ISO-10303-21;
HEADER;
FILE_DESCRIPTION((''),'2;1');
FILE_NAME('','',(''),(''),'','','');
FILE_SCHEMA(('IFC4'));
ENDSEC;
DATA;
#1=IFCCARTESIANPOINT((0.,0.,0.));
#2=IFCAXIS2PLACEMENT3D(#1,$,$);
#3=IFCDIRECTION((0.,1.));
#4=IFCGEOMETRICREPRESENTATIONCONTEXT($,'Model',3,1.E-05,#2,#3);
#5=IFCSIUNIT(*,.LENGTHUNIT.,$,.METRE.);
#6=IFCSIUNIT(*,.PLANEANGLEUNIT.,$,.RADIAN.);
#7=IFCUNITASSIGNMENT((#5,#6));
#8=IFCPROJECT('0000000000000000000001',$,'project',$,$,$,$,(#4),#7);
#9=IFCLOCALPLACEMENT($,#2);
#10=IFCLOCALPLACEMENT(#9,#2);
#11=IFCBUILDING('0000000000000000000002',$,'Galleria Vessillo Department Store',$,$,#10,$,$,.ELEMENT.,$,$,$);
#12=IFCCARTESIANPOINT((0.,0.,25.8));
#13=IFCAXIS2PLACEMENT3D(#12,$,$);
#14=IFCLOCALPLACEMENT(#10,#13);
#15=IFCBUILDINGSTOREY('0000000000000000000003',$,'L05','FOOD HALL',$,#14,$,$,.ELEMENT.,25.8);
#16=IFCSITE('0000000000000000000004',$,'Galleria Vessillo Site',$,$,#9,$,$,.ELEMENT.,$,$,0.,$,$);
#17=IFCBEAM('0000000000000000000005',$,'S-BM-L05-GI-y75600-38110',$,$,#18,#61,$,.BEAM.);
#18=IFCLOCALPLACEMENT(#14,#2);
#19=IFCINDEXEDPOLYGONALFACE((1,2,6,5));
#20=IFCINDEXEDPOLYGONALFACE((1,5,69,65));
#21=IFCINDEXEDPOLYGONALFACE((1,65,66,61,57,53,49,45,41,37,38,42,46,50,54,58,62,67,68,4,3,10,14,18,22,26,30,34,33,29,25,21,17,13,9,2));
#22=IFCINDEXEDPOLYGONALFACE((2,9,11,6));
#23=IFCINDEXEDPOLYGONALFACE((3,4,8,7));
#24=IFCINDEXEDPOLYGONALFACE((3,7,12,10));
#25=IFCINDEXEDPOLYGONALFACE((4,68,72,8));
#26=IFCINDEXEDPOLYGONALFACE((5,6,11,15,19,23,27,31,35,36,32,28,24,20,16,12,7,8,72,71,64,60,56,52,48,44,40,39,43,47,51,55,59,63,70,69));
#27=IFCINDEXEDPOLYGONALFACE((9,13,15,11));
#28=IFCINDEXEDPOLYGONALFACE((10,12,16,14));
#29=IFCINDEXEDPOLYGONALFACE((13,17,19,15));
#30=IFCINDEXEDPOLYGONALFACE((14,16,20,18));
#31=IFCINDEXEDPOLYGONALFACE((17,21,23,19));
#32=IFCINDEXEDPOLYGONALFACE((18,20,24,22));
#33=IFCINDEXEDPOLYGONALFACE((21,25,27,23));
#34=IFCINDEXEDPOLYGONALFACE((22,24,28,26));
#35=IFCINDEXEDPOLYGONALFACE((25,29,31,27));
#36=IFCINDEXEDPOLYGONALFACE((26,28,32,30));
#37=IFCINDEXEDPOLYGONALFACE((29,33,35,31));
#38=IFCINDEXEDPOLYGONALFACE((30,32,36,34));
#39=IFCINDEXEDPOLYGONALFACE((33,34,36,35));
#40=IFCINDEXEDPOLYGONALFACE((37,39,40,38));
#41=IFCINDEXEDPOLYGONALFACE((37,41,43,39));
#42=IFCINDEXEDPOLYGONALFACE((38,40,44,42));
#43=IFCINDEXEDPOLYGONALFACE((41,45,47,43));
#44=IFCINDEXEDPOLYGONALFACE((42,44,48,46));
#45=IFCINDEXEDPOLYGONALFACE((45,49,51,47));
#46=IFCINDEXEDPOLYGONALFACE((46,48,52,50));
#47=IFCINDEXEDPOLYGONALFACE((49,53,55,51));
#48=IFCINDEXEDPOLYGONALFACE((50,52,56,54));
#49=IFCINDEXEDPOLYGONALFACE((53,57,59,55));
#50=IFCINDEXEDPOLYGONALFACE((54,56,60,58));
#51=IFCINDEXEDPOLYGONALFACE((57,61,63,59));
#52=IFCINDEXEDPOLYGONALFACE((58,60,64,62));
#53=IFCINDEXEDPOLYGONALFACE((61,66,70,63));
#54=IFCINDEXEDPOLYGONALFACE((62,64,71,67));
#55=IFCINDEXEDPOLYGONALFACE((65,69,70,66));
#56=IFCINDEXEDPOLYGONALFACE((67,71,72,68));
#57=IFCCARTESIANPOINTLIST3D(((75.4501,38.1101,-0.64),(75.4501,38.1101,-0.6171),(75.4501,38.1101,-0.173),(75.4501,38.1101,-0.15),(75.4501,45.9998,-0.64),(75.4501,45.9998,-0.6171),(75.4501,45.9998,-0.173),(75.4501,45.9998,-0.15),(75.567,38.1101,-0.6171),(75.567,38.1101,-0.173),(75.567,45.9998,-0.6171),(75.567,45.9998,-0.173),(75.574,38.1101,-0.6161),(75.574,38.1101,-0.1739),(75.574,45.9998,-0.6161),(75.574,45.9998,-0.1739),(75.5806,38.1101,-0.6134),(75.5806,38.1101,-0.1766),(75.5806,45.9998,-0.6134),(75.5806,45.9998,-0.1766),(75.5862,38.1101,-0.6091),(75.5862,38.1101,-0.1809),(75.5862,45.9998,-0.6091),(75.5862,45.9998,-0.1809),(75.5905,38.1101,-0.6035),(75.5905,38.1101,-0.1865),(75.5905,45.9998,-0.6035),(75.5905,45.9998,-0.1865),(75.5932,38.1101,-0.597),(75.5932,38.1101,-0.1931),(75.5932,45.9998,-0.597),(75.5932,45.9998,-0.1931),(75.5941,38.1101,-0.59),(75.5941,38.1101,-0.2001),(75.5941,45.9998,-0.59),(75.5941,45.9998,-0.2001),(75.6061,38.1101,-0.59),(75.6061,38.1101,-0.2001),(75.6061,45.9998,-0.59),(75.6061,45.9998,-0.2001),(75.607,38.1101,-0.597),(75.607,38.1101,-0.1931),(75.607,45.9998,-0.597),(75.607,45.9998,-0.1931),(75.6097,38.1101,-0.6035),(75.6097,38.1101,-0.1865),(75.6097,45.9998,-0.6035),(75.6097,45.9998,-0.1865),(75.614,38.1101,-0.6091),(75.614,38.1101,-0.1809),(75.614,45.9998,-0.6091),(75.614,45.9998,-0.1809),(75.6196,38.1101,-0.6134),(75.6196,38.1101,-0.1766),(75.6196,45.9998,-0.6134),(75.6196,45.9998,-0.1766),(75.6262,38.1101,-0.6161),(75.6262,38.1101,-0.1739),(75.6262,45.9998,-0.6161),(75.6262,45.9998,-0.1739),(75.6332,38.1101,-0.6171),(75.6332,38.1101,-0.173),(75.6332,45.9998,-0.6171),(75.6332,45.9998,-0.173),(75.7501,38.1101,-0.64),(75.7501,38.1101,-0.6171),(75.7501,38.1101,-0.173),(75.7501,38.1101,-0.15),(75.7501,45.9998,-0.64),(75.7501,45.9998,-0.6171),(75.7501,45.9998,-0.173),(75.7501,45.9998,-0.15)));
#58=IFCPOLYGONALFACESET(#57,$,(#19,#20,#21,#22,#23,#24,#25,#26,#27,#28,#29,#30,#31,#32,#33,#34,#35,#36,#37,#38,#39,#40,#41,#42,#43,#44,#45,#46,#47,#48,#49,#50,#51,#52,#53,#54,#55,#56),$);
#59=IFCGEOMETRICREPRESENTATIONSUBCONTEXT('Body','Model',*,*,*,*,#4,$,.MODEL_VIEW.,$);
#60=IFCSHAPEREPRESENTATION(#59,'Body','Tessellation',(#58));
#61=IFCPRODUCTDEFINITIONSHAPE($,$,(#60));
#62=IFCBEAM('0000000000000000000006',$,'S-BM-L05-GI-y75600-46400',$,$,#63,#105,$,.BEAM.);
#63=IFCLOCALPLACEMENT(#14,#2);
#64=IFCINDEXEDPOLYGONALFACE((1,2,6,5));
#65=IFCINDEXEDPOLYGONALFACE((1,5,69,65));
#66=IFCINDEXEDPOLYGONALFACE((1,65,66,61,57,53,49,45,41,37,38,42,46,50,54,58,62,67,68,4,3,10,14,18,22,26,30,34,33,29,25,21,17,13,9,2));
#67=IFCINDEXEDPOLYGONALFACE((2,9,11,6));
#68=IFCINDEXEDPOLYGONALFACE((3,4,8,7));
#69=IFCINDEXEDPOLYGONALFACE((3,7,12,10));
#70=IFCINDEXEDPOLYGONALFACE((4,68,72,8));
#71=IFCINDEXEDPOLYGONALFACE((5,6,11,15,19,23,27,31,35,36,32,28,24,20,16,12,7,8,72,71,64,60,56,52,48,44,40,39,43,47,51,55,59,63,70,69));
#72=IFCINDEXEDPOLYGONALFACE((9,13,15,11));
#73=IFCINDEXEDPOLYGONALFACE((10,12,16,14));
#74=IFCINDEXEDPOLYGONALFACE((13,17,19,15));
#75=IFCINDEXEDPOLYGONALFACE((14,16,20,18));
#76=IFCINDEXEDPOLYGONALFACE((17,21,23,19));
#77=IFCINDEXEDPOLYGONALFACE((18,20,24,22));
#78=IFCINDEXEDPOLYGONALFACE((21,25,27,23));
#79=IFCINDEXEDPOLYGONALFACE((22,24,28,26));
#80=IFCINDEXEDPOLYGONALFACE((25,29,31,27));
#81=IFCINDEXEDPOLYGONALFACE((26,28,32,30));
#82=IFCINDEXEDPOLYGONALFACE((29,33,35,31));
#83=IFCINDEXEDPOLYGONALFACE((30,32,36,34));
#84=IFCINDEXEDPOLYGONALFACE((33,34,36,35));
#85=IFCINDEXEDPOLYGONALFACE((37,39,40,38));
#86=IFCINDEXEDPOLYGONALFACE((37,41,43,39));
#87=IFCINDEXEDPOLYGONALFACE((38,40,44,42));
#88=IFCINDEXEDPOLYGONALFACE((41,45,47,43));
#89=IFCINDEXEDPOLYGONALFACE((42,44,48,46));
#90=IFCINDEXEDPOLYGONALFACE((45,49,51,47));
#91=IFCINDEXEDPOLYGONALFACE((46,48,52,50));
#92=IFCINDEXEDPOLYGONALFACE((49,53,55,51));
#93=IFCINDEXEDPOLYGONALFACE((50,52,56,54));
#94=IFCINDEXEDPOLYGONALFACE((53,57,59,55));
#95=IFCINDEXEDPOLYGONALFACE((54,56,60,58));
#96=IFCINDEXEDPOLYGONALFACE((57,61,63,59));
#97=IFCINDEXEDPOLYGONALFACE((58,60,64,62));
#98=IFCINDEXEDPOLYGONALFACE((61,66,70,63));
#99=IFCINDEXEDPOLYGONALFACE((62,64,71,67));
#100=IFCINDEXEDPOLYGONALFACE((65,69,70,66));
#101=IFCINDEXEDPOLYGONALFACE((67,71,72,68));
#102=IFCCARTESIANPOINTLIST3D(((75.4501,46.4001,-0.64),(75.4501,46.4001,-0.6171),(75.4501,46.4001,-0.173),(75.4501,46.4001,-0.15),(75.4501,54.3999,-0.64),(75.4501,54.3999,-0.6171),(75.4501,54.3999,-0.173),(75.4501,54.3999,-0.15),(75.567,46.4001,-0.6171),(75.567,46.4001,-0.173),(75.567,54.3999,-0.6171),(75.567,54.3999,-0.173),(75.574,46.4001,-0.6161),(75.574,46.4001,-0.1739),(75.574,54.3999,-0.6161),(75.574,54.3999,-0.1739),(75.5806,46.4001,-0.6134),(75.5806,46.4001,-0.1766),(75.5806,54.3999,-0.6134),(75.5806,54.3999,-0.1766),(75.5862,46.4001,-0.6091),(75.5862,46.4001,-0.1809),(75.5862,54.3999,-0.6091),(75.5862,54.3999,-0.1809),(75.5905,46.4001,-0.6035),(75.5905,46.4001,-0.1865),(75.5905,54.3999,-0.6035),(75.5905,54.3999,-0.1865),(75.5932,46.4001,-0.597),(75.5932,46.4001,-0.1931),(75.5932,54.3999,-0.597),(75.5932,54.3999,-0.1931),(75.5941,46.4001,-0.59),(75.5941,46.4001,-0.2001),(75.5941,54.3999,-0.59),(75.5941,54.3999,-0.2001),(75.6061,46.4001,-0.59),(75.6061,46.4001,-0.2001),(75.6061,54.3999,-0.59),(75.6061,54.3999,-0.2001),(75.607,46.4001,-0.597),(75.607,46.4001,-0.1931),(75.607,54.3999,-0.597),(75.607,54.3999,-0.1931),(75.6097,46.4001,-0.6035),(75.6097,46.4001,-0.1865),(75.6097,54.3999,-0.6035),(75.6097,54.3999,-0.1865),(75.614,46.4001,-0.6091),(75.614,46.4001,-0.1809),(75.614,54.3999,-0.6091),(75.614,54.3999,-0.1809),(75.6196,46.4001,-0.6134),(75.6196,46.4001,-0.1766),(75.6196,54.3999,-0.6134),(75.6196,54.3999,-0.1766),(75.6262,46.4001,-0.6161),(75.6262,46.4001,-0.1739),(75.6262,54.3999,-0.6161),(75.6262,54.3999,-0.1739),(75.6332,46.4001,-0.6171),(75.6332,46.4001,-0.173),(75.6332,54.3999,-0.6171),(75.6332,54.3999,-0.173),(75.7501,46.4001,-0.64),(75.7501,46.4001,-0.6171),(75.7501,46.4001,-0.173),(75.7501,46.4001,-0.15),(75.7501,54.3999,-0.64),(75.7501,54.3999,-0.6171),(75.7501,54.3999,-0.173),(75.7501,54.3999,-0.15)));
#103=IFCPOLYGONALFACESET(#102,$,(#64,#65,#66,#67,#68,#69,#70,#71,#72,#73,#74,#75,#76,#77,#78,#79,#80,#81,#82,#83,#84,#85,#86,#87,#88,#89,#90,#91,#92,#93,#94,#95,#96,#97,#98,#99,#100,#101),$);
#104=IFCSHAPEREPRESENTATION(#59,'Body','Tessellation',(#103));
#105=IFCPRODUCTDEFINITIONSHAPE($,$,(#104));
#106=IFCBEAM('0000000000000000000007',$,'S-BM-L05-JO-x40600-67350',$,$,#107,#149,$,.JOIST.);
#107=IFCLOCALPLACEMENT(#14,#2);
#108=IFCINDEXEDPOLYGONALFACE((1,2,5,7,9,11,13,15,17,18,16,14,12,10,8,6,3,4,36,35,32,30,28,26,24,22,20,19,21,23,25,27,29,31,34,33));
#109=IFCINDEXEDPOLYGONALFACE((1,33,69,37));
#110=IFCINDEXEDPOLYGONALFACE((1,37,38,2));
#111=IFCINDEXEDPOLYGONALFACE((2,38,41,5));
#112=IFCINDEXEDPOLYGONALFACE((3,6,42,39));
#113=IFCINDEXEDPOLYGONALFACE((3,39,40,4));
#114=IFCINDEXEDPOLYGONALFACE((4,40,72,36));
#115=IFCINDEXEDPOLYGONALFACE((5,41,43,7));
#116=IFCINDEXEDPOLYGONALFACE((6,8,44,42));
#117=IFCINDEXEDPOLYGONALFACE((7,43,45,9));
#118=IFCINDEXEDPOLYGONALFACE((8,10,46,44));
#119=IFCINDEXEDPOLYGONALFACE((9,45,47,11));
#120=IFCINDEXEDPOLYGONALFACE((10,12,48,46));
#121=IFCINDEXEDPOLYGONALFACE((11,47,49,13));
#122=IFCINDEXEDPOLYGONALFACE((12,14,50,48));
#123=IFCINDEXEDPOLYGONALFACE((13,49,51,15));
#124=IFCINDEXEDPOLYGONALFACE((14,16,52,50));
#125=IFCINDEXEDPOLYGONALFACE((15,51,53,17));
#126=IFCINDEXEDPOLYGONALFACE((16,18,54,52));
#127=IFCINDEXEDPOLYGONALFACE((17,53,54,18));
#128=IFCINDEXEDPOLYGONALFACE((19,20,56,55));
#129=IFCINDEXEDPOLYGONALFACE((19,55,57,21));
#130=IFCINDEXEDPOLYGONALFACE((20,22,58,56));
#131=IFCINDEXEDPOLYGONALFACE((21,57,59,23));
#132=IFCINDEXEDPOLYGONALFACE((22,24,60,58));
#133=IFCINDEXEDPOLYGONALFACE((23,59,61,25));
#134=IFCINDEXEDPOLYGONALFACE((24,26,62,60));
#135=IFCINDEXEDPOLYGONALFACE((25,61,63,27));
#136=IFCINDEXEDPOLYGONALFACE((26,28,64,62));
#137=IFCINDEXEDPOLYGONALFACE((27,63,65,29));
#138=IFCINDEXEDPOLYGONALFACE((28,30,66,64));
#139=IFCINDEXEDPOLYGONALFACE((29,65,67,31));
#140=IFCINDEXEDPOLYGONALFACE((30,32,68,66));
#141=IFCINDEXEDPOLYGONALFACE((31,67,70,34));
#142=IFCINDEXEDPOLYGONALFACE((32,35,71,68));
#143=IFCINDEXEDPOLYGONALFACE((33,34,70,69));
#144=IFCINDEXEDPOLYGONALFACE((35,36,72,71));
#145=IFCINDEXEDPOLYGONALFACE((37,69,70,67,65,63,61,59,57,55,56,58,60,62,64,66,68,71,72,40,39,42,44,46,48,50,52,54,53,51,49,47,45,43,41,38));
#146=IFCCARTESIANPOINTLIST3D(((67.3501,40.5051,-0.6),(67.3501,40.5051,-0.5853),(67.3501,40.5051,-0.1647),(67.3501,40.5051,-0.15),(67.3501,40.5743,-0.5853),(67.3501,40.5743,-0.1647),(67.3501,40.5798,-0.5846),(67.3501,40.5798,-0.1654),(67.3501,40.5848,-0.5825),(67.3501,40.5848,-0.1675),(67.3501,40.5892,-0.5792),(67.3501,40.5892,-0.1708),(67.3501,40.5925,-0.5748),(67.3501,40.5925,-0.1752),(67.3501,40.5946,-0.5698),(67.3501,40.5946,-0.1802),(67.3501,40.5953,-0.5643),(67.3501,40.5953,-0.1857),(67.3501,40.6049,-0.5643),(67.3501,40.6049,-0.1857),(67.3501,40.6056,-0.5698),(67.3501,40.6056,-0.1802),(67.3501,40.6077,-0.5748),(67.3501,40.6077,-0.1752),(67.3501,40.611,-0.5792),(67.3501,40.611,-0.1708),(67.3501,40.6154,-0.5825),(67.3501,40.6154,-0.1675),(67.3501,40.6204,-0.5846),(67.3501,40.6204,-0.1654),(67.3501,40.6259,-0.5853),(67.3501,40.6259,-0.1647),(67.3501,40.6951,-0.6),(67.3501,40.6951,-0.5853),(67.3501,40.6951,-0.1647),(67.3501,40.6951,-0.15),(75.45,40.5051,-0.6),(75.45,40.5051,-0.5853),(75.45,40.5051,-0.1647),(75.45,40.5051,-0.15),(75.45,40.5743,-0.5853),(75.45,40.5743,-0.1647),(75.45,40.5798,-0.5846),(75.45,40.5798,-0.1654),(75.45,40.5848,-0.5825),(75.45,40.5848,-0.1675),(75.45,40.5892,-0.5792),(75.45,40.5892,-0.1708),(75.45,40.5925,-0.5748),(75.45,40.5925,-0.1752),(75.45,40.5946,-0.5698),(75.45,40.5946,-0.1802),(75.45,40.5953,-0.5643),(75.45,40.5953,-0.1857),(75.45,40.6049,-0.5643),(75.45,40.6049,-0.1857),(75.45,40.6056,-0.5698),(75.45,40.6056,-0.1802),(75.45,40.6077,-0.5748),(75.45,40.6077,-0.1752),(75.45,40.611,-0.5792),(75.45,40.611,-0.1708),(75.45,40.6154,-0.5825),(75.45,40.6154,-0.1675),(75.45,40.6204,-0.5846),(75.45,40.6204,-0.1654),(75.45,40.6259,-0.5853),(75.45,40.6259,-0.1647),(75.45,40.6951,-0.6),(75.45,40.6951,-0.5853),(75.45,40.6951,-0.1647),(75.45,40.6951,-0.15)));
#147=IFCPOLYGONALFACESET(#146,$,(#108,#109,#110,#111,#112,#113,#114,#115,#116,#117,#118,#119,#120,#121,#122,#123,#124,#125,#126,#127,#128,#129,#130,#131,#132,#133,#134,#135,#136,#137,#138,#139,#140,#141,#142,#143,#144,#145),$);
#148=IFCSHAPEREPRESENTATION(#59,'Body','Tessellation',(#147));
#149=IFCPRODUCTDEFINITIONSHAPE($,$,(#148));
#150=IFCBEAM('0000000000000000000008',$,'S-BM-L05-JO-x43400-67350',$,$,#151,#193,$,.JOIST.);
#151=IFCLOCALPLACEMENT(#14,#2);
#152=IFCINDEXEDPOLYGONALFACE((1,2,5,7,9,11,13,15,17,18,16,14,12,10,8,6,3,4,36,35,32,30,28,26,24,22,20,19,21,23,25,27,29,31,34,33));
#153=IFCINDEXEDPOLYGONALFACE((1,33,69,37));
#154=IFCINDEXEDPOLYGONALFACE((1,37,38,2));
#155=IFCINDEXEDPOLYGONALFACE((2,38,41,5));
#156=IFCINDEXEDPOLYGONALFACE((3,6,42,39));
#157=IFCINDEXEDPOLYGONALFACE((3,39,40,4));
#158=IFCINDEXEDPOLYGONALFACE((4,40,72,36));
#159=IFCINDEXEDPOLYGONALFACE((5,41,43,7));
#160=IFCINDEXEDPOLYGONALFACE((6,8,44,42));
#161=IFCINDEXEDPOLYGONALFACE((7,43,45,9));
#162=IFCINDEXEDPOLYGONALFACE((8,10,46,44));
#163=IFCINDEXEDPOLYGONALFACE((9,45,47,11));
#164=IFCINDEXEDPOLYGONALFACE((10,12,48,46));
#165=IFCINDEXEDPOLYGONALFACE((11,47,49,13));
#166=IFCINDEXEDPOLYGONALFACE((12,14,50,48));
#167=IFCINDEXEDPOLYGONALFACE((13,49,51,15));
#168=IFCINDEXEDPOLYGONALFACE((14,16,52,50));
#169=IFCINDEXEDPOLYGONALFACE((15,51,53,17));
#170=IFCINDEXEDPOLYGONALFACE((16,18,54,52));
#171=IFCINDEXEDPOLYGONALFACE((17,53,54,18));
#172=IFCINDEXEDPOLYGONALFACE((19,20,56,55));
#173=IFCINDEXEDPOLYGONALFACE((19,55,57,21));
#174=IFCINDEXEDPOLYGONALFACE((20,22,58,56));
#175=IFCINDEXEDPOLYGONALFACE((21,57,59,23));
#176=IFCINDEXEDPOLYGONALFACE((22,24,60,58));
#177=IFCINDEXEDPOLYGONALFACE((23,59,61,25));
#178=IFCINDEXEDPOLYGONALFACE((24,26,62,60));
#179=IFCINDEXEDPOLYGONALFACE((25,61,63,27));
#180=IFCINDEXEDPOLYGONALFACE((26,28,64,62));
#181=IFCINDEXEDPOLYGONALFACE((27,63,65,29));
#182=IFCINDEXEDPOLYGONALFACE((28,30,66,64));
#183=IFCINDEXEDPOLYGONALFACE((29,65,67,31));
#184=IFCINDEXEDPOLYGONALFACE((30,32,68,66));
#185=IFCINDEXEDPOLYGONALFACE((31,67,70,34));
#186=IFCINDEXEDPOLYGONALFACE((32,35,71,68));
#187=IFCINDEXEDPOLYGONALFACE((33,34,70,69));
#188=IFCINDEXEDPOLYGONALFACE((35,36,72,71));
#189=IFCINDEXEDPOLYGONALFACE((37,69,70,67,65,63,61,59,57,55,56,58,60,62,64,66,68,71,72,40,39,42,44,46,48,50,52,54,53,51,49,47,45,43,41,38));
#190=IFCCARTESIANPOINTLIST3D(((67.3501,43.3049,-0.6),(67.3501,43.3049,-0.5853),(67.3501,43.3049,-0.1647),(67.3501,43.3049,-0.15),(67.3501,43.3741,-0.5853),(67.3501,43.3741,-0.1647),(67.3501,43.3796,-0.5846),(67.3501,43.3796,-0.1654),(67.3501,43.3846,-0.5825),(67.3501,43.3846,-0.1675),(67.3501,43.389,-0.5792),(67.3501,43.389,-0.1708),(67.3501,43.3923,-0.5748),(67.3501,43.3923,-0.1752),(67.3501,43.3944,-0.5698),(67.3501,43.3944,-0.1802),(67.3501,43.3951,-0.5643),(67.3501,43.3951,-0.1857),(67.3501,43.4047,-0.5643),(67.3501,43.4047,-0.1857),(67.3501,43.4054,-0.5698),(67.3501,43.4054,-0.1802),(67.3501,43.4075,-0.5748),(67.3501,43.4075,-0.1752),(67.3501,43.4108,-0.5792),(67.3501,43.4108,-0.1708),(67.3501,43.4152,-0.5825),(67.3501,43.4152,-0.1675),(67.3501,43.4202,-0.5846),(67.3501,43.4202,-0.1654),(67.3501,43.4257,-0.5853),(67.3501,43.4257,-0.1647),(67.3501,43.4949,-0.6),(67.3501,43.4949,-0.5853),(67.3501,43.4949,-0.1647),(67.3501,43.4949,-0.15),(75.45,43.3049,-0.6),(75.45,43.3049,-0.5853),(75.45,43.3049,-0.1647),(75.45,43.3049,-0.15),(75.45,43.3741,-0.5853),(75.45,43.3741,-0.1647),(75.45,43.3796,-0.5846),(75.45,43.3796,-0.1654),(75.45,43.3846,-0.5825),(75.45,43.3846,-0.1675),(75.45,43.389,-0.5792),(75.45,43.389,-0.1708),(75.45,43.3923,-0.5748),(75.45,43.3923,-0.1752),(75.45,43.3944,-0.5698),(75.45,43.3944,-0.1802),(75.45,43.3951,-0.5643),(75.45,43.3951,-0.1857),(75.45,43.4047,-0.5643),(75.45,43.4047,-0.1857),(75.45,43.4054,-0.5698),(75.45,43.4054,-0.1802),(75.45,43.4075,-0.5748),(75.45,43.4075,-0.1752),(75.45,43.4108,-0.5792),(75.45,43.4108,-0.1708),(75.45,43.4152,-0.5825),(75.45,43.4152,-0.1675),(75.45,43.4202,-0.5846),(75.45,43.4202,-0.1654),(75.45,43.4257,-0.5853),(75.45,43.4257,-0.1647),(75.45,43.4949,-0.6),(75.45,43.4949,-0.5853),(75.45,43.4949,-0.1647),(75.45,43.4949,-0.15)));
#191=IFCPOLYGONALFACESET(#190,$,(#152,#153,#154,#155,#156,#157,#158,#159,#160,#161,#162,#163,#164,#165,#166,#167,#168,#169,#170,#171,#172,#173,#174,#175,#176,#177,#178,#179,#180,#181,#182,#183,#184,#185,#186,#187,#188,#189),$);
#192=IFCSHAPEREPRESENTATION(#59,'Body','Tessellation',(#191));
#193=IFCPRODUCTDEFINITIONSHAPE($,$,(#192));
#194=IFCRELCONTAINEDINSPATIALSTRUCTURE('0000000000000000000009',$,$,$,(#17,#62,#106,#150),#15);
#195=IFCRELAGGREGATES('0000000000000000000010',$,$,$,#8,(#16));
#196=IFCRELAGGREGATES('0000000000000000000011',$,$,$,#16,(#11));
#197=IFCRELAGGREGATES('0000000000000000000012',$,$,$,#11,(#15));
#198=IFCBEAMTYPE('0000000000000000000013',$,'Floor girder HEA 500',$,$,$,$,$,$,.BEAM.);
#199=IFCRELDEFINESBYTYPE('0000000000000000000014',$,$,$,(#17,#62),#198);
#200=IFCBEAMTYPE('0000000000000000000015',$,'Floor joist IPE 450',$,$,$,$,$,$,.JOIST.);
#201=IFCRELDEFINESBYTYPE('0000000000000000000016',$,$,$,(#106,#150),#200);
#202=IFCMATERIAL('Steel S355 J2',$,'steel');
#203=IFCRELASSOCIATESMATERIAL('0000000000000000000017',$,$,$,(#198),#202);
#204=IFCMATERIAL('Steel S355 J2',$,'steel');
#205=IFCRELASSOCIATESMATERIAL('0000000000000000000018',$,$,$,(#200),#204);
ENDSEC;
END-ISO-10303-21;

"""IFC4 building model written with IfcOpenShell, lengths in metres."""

from ifc_helpers import new_model, si_unit, direction, frame, origin, origin_2d, place, context, subcontext, project, spatial, i_section, extrude, material, material_profile, profile_set, type_object, element, save


model = new_model("IFC4")

# Units and contexts
model_context = context("Model", 3, precision=1e-05, world=origin(), true_north=direction((0.0, 1.0)))
body_context = subcontext(model_context, "Body", "Model", "MODEL_VIEW")
ifc_project = project(units=[si_unit("LENGTHUNIT", "METRE"), si_unit("PLANEANGLEUNIT", "RADIAN")], contexts=[model_context])

# Site, building, storey
site_placement = place(None, origin())
site = spatial("IfcSite", under=ifc_project, at=site_placement, Name="Galleria Vessillo Site", CompositionType="ELEMENT", RefElevation=0.0)
building_placement = place(site_placement, origin())
building = spatial("IfcBuilding", under=site, at=building_placement, Name="Galleria Vessillo Department Store", CompositionType="ELEMENT")
storey_placement = place(building_placement, frame((0.0, 0.0, 25.8)))
storey = spatial("IfcBuildingStorey", under=building, at=storey_placement, Name="L05", Description="FOOD HALL", CompositionType="ELEMENT", Elevation=25.8)

# Beams
ifc_material_1 = material(Name="Steel S355 J2", Category="steel")
ifc_material_profile_1 = material_profile(ifc_material_1, i_section(OverallWidth=0.3, OverallDepth=0.49, WebThickness=0.012, FlangeThickness=0.0229, FilletRadius=0.0271, at=origin_2d()), Name="HEA 500")
ifc_profile_set_1 = profile_set([ifc_material_profile_1], Name="Steel S355 J2")
beam_type_1 = type_object("IfcBeamType", Name="Floor girder HEA 500", PredefinedType="BEAM", material=ifc_profile_set_1)
beam_1_placement = place(storey_placement, frame((75.6001, 38.1101, -0.395), z_axis=(0.0, 1.0, 0.0), x_axis=(-1.0, 0.0, 0.0)))
element("IfcBeam", 1, at=beam_1_placement, inside=storey, type_object=beam_type_1, Name="S-BM-L05-GI-y75600-38110", PredefinedType="BEAM", context=body_context, shape_type="SweptSolid", body=[
    extrude(i_section(OverallWidth=0.3, OverallDepth=0.49, WebThickness=0.012, FlangeThickness=0.0229, FilletRadius=0.0271, at=origin_2d()), origin(), (0.0, 0.0, 1.0), 7.8896),
])
beam_2_placement = place(storey_placement, frame((75.6001, 46.4001, -0.395), z_axis=(0.0, 1.0, 0.0), x_axis=(-1.0, 0.0, 0.0)))
element("IfcBeam", 2, at=beam_2_placement, inside=storey, type_object=beam_type_1, Name="S-BM-L05-GI-y75600-46400", PredefinedType="BEAM", context=body_context, shape_type="SweptSolid", body=[
    extrude(i_section(OverallWidth=0.3, OverallDepth=0.49, WebThickness=0.012, FlangeThickness=0.0229, FilletRadius=0.0271, at=origin_2d()), origin(), (0.0, 0.0, 1.0), 7.9998),
])
ifc_material_2 = material(Name="Steel S355 J2", Category="steel")
ifc_material_profile_2 = material_profile(ifc_material_2, i_section(OverallWidth=0.1899, OverallDepth=0.45, WebThickness=0.0095, FlangeThickness=0.0146, FilletRadius=0.021, at=origin_2d()), Name="IPE 450")
ifc_profile_set_2 = profile_set([ifc_material_profile_2], Name="Steel S355 J2")
beam_type_2 = type_object("IfcBeamType", Name="Floor joist IPE 450", PredefinedType="JOIST", material=ifc_profile_set_2)
for number, where, z_axis, x_axis, name in (
    (3, (67.3501, 40.6001, -0.375), (1.0, 0.0, 0.0), (0.0, 1.0, 0.0), "S-BM-L05-JO-x40600-67350"),
    (4, (67.3501, 43.3999, -0.375), (1.0, 0.0, 0.0), (0.0, 1.0, 0.0), "S-BM-L05-JO-x43400-67350"),
):
    element("IfcBeam", number, at=place(storey_placement, frame(where, z_axis=z_axis, x_axis=x_axis)), inside=storey, type_object=beam_type_2, Name=name, PredefinedType="JOIST", context=body_context, shape_type="SweptSolid", body=[
        extrude(i_section(OverallWidth=0.1899, OverallDepth=0.45, WebThickness=0.0095, FlangeThickness=0.0146, FilletRadius=0.021, at=origin_2d()), origin(), (0.0, 0.0, 1.0), 8.0999),
    ])

save(model, "model.ifc")
